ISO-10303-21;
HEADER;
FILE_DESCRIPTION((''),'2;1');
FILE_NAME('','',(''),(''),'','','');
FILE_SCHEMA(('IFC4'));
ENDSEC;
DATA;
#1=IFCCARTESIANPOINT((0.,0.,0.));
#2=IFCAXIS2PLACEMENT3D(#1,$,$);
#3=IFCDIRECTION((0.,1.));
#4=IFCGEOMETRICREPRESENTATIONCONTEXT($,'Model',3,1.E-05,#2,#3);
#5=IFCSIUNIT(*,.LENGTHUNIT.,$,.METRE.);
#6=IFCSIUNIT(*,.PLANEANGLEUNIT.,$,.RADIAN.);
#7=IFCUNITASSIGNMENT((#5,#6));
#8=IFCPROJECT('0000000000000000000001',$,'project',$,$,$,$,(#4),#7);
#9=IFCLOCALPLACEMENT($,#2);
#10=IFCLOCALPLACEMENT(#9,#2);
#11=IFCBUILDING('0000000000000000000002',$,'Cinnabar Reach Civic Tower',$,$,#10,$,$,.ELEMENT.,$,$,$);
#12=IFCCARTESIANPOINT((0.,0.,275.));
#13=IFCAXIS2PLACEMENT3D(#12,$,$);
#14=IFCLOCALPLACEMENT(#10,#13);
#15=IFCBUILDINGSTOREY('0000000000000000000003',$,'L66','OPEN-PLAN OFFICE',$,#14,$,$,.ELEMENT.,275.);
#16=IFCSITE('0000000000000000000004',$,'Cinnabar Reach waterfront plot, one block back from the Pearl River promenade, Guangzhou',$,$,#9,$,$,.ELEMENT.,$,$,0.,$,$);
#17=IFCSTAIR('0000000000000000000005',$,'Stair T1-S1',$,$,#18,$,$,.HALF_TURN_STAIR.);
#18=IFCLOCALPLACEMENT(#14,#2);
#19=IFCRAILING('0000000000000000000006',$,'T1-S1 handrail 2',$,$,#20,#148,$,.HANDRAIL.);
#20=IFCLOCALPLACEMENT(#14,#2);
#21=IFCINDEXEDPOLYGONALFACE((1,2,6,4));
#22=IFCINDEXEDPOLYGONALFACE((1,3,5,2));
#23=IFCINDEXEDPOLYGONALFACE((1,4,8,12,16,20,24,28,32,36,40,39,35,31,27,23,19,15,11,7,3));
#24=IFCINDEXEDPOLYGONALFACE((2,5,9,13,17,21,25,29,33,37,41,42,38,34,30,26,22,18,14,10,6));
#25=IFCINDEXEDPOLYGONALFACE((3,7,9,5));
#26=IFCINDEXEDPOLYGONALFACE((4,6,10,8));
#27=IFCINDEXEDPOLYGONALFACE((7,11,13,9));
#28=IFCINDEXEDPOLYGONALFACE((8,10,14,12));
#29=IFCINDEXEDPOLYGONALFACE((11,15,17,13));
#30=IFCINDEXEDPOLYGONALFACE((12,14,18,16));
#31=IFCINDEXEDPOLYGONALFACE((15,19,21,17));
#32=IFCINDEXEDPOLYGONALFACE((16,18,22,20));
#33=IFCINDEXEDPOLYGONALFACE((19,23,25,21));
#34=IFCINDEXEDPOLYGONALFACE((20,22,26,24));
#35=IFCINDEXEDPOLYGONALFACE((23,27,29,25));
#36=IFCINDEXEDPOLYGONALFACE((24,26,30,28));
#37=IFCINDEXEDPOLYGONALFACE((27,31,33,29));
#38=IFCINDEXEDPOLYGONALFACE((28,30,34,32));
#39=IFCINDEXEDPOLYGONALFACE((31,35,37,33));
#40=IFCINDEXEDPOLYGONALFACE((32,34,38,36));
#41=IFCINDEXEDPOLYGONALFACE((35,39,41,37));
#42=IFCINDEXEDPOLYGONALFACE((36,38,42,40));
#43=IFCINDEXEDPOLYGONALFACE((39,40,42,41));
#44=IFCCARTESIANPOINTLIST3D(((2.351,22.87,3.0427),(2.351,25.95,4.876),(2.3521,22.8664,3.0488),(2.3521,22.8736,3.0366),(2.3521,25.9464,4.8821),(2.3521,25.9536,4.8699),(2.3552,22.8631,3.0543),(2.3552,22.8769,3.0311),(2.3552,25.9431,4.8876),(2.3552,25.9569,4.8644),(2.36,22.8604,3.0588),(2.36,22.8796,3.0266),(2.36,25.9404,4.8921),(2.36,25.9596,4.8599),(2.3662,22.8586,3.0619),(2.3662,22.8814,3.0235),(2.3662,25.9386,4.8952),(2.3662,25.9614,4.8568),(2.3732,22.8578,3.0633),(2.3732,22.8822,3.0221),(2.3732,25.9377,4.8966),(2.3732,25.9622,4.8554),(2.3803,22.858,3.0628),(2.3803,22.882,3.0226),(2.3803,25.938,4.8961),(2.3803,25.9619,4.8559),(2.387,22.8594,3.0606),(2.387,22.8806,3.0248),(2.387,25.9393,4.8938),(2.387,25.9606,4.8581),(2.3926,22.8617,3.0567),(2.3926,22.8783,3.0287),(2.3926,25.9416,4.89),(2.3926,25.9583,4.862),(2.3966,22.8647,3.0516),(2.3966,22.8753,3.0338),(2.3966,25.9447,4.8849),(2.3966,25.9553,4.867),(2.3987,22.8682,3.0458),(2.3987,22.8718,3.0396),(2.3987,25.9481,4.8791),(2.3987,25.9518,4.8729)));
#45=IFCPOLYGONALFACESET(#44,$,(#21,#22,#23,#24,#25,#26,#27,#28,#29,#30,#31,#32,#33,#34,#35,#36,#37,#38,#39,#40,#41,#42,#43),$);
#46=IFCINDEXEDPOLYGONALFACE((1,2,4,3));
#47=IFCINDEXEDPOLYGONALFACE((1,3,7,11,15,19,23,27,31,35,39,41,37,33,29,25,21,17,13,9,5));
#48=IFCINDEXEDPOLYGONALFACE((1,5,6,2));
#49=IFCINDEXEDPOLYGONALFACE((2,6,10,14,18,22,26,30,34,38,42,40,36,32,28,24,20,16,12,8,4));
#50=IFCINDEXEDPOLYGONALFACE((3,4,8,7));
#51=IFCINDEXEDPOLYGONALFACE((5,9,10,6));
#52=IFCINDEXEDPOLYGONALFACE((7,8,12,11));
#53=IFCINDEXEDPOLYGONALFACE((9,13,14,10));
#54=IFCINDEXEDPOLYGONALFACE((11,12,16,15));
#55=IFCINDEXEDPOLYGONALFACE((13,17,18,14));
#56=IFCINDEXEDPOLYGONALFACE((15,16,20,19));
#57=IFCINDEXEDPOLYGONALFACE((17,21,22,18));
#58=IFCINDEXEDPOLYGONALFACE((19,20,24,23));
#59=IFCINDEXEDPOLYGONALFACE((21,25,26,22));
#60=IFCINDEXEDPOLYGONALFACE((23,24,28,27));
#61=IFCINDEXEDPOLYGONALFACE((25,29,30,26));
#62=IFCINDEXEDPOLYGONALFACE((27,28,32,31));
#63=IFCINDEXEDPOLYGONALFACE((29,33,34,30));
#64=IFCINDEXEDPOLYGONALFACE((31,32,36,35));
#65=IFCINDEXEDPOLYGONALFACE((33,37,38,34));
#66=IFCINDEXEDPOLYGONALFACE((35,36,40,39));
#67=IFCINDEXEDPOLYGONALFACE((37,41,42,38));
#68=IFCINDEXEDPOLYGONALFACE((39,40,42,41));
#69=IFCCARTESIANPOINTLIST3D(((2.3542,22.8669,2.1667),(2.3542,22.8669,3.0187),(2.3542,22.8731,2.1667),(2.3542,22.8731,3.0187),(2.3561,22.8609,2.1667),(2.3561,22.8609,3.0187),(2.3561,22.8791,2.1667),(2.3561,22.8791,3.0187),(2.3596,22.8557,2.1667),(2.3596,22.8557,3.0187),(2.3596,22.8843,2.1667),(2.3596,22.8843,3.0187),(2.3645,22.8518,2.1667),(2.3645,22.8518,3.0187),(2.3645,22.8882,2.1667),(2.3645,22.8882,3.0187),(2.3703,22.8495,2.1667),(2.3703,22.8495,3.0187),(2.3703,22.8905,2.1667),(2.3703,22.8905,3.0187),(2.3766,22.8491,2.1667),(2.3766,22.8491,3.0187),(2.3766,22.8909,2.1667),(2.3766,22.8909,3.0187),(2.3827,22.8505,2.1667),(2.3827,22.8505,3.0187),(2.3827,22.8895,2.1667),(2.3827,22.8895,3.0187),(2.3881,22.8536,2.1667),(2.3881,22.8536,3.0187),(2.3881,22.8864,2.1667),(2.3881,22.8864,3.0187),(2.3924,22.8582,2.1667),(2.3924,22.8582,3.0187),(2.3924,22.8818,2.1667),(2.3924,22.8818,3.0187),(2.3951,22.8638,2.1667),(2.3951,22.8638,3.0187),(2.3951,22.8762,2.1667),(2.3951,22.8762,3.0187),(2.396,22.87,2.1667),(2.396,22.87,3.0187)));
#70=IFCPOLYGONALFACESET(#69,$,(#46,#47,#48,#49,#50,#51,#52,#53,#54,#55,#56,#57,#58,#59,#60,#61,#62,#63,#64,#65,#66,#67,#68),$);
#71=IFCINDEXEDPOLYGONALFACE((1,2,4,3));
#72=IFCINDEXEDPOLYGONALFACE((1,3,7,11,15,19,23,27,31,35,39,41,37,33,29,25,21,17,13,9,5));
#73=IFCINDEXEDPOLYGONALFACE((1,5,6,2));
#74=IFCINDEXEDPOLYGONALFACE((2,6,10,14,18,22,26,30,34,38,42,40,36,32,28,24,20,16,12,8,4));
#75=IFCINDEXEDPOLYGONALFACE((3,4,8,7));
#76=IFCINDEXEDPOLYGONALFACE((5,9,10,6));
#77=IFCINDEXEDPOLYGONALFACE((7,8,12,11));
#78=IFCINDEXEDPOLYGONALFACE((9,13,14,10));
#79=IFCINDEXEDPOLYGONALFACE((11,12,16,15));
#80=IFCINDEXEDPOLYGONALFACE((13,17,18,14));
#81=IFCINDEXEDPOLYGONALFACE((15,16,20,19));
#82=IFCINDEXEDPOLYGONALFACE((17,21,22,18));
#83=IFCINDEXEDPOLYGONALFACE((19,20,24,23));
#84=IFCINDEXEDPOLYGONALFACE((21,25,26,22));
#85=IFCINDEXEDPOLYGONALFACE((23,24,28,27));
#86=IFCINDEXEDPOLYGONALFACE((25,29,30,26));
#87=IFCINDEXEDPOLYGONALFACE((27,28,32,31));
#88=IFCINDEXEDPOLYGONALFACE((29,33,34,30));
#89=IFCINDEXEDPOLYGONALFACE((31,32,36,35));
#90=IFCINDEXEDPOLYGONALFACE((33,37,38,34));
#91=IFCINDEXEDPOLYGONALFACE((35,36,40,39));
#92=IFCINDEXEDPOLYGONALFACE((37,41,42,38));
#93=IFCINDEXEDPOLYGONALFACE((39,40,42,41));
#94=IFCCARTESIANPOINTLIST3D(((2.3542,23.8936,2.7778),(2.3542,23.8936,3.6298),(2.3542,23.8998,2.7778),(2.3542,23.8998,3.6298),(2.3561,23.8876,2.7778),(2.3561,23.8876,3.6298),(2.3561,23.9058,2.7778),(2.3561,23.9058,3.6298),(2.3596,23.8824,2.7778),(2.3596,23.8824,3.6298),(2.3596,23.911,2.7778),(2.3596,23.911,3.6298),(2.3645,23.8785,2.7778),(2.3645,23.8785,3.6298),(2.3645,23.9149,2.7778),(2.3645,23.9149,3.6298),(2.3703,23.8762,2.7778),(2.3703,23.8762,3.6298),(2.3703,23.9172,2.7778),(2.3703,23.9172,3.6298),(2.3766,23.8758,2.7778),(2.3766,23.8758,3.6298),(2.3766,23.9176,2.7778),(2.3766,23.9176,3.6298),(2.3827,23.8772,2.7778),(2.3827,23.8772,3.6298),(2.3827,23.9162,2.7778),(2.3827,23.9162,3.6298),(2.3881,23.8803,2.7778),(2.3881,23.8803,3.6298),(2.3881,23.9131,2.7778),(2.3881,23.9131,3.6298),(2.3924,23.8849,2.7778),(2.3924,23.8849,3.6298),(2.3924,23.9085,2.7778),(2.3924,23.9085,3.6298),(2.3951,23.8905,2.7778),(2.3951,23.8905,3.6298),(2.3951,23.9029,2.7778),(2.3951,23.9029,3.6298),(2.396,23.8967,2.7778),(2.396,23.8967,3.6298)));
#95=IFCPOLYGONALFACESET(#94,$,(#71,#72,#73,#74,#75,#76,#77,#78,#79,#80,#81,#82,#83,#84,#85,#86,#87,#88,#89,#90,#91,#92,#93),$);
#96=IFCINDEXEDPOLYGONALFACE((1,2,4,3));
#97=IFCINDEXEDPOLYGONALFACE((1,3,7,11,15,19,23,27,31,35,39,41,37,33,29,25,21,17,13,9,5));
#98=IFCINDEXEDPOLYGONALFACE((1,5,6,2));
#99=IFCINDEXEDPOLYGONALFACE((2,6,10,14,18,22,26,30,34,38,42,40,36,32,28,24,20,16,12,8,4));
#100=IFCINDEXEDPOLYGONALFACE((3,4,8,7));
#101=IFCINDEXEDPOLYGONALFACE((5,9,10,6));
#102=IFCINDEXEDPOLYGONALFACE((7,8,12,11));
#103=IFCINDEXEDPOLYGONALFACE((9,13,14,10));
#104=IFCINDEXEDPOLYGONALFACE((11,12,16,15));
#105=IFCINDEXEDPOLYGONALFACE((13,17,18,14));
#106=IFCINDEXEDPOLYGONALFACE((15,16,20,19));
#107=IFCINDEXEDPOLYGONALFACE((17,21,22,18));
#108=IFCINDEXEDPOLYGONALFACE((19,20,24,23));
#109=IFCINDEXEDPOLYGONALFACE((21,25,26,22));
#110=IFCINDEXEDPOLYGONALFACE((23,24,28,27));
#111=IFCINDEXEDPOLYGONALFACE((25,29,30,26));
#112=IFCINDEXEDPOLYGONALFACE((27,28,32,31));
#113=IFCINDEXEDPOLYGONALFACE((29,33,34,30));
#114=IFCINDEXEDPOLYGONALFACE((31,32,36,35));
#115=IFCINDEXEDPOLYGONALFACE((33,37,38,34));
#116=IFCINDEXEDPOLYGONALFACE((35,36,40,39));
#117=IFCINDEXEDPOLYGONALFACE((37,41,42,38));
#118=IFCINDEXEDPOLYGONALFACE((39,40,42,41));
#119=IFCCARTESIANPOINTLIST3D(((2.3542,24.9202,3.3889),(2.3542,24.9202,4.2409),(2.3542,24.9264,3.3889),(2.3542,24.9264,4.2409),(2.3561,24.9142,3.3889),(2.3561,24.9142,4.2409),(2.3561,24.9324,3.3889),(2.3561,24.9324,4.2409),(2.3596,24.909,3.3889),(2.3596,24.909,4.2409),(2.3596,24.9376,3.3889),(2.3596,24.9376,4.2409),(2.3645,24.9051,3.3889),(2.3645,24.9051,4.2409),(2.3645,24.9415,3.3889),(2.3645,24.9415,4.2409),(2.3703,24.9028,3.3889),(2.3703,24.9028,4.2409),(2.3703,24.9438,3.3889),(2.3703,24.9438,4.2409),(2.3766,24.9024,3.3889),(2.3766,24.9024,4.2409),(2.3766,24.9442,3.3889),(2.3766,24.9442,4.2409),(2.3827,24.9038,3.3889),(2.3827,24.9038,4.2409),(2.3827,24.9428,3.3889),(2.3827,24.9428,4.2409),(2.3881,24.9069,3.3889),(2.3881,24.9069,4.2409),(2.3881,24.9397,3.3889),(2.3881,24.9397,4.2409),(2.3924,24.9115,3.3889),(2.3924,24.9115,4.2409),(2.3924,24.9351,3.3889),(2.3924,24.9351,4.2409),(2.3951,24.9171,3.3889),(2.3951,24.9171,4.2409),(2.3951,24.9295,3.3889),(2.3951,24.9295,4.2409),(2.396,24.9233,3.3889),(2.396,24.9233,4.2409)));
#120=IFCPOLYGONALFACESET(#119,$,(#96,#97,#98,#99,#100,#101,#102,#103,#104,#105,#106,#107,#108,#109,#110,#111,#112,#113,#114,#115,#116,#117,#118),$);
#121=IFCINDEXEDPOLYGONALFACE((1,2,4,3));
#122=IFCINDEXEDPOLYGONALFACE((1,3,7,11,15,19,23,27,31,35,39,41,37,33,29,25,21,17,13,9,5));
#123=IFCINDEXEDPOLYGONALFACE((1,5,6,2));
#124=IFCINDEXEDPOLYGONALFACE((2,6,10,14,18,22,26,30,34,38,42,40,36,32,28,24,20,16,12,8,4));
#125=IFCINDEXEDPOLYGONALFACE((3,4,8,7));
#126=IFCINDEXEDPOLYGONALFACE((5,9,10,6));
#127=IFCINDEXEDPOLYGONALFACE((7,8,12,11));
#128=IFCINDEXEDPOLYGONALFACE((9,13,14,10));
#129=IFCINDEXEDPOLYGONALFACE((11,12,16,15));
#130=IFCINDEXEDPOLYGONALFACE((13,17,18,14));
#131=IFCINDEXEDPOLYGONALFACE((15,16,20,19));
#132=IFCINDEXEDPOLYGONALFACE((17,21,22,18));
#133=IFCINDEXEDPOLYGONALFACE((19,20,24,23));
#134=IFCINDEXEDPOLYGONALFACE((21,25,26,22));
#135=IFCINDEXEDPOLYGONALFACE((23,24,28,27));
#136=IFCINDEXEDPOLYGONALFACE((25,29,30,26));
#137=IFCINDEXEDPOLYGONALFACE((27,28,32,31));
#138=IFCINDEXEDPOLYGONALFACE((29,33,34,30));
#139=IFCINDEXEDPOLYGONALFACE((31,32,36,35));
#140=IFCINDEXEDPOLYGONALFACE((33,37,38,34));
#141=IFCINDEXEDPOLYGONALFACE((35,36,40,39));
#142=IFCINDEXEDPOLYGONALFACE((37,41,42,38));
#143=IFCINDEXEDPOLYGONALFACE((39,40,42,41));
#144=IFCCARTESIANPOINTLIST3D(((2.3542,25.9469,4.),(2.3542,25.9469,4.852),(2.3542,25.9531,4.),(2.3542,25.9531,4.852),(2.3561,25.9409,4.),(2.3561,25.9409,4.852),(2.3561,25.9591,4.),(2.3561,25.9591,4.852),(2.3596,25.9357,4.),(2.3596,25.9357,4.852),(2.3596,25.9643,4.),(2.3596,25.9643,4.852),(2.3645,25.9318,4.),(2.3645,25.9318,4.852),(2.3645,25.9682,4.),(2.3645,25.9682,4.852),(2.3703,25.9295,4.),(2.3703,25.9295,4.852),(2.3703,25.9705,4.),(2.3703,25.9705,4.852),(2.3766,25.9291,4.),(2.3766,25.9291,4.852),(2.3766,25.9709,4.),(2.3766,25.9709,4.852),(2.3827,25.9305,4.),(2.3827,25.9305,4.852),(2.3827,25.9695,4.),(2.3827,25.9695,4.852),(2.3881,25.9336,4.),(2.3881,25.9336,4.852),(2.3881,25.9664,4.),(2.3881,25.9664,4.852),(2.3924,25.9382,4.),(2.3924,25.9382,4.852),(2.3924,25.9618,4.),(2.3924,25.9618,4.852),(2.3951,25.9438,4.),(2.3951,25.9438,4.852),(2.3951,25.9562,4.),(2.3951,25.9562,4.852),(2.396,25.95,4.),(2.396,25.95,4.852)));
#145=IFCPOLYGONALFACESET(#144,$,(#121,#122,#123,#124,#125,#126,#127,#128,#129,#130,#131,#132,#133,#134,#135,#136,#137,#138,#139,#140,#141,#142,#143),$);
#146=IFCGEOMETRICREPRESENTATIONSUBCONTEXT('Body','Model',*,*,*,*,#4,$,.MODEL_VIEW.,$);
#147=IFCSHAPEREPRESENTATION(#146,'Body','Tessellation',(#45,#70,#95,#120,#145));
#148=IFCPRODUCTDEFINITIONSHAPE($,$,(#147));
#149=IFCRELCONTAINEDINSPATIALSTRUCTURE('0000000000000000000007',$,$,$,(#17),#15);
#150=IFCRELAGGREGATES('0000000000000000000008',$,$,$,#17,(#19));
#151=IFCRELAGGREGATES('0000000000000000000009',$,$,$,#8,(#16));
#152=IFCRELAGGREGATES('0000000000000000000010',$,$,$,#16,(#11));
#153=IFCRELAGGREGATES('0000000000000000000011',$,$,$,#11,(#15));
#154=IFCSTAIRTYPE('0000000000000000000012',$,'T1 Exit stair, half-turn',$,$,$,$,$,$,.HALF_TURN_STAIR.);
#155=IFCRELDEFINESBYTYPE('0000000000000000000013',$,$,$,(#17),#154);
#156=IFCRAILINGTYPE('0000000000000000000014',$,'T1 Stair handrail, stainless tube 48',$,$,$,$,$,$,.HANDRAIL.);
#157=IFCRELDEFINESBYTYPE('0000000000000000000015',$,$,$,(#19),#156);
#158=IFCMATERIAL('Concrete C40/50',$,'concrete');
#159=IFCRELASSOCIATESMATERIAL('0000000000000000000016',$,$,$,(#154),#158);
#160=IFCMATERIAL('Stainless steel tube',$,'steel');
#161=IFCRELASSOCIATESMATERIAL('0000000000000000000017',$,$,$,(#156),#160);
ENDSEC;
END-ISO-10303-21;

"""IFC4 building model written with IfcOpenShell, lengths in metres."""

from ifc_helpers import new_model, si_unit, direction, frame, origin, origin_2d, place, context, subcontext, project, spatial, circle, extrude, material, type_object, element, aggregate, save


model = new_model("IFC4")

# Units and contexts
model_context = context("Model", 3, precision=1e-05, world=origin(), true_north=direction((0.0, 1.0)))
body_context = subcontext(model_context, "Body", "Model", "MODEL_VIEW")
ifc_project = project(units=[si_unit("LENGTHUNIT", "METRE"), si_unit("PLANEANGLEUNIT", "RADIAN")], contexts=[model_context])

# Site, building, storey
site_placement = place(None, origin())
site = spatial("IfcSite", under=ifc_project, at=site_placement, Name="Cinnabar Reach waterfront plot, one block back from the Pearl River promenade, Guangzhou", CompositionType="ELEMENT", RefElevation=0.0)
building_placement = place(site_placement, origin())
building = spatial("IfcBuilding", under=site, at=building_placement, Name="Cinnabar Reach Civic Tower", CompositionType="ELEMENT")
storey_placement = place(building_placement, frame((0.0, 0.0, 275.0)))
storey = spatial("IfcBuildingStorey", under=building, at=storey_placement, Name="L66", Description="OPEN-PLAN OFFICE", CompositionType="ELEMENT", Elevation=275.0)

# Shared definitions
ifc_material_1 = material(Name="Concrete C40/50", Category="concrete")

# Stair, railing
stair_type = type_object("IfcStairType", Name="T1 Exit stair, half-turn", PredefinedType="HALF_TURN_STAIR", material=ifc_material_1)
stair_placement = place(storey_placement, origin())
stair = element("IfcStair", 1, at=stair_placement, inside=storey, type_object=stair_type, Name="Stair T1-S1", PredefinedType="HALF_TURN_STAIR")
ifc_material_2 = material(Name="Stainless steel tube", Category="steel")
railing_type = type_object("IfcRailingType", Name="T1 Stair handrail, stainless tube 48", PredefinedType="HANDRAIL", material=ifc_material_2)
railing_1_placement = place(storey_placement, frame((2.375, 22.87, 2.1667)))
railing_1 = element("IfcRailing", 2, at=railing_1_placement, type_object=railing_type, Name="T1-S1 handrail 2", PredefinedType="HANDRAIL", context=body_context, shape_type="SweptSolid", body=[
    extrude(circle(Radius=0.024, at=origin_2d()), frame((0.0, 0.0, 0.876), z_axis=(0.0, 0.859297, 0.511477), x_axis=(-1.0, 0.0, 0.0)), (0.0, 0.0, 1.0), 3.5843),
    extrude(circle(Radius=0.021, at=origin_2d()), origin(), (0.0, 0.0, 1.0), 0.852),
    extrude(circle(Radius=0.021, at=origin_2d()), frame((0.0, 1.0267, 0.6111)), (0.0, 0.0, 1.0), 0.852),
    extrude(circle(Radius=0.021, at=origin_2d()), frame((0.0, 2.0533, 1.2222)), (0.0, 0.0, 1.0), 0.852),
    extrude(circle(Radius=0.021, at=origin_2d()), frame((0.0, 3.08, 1.8333)), (0.0, 0.0, 1.0), 0.852),
])
aggregate(stair, [railing_1])

save(model, "model.ifc")
